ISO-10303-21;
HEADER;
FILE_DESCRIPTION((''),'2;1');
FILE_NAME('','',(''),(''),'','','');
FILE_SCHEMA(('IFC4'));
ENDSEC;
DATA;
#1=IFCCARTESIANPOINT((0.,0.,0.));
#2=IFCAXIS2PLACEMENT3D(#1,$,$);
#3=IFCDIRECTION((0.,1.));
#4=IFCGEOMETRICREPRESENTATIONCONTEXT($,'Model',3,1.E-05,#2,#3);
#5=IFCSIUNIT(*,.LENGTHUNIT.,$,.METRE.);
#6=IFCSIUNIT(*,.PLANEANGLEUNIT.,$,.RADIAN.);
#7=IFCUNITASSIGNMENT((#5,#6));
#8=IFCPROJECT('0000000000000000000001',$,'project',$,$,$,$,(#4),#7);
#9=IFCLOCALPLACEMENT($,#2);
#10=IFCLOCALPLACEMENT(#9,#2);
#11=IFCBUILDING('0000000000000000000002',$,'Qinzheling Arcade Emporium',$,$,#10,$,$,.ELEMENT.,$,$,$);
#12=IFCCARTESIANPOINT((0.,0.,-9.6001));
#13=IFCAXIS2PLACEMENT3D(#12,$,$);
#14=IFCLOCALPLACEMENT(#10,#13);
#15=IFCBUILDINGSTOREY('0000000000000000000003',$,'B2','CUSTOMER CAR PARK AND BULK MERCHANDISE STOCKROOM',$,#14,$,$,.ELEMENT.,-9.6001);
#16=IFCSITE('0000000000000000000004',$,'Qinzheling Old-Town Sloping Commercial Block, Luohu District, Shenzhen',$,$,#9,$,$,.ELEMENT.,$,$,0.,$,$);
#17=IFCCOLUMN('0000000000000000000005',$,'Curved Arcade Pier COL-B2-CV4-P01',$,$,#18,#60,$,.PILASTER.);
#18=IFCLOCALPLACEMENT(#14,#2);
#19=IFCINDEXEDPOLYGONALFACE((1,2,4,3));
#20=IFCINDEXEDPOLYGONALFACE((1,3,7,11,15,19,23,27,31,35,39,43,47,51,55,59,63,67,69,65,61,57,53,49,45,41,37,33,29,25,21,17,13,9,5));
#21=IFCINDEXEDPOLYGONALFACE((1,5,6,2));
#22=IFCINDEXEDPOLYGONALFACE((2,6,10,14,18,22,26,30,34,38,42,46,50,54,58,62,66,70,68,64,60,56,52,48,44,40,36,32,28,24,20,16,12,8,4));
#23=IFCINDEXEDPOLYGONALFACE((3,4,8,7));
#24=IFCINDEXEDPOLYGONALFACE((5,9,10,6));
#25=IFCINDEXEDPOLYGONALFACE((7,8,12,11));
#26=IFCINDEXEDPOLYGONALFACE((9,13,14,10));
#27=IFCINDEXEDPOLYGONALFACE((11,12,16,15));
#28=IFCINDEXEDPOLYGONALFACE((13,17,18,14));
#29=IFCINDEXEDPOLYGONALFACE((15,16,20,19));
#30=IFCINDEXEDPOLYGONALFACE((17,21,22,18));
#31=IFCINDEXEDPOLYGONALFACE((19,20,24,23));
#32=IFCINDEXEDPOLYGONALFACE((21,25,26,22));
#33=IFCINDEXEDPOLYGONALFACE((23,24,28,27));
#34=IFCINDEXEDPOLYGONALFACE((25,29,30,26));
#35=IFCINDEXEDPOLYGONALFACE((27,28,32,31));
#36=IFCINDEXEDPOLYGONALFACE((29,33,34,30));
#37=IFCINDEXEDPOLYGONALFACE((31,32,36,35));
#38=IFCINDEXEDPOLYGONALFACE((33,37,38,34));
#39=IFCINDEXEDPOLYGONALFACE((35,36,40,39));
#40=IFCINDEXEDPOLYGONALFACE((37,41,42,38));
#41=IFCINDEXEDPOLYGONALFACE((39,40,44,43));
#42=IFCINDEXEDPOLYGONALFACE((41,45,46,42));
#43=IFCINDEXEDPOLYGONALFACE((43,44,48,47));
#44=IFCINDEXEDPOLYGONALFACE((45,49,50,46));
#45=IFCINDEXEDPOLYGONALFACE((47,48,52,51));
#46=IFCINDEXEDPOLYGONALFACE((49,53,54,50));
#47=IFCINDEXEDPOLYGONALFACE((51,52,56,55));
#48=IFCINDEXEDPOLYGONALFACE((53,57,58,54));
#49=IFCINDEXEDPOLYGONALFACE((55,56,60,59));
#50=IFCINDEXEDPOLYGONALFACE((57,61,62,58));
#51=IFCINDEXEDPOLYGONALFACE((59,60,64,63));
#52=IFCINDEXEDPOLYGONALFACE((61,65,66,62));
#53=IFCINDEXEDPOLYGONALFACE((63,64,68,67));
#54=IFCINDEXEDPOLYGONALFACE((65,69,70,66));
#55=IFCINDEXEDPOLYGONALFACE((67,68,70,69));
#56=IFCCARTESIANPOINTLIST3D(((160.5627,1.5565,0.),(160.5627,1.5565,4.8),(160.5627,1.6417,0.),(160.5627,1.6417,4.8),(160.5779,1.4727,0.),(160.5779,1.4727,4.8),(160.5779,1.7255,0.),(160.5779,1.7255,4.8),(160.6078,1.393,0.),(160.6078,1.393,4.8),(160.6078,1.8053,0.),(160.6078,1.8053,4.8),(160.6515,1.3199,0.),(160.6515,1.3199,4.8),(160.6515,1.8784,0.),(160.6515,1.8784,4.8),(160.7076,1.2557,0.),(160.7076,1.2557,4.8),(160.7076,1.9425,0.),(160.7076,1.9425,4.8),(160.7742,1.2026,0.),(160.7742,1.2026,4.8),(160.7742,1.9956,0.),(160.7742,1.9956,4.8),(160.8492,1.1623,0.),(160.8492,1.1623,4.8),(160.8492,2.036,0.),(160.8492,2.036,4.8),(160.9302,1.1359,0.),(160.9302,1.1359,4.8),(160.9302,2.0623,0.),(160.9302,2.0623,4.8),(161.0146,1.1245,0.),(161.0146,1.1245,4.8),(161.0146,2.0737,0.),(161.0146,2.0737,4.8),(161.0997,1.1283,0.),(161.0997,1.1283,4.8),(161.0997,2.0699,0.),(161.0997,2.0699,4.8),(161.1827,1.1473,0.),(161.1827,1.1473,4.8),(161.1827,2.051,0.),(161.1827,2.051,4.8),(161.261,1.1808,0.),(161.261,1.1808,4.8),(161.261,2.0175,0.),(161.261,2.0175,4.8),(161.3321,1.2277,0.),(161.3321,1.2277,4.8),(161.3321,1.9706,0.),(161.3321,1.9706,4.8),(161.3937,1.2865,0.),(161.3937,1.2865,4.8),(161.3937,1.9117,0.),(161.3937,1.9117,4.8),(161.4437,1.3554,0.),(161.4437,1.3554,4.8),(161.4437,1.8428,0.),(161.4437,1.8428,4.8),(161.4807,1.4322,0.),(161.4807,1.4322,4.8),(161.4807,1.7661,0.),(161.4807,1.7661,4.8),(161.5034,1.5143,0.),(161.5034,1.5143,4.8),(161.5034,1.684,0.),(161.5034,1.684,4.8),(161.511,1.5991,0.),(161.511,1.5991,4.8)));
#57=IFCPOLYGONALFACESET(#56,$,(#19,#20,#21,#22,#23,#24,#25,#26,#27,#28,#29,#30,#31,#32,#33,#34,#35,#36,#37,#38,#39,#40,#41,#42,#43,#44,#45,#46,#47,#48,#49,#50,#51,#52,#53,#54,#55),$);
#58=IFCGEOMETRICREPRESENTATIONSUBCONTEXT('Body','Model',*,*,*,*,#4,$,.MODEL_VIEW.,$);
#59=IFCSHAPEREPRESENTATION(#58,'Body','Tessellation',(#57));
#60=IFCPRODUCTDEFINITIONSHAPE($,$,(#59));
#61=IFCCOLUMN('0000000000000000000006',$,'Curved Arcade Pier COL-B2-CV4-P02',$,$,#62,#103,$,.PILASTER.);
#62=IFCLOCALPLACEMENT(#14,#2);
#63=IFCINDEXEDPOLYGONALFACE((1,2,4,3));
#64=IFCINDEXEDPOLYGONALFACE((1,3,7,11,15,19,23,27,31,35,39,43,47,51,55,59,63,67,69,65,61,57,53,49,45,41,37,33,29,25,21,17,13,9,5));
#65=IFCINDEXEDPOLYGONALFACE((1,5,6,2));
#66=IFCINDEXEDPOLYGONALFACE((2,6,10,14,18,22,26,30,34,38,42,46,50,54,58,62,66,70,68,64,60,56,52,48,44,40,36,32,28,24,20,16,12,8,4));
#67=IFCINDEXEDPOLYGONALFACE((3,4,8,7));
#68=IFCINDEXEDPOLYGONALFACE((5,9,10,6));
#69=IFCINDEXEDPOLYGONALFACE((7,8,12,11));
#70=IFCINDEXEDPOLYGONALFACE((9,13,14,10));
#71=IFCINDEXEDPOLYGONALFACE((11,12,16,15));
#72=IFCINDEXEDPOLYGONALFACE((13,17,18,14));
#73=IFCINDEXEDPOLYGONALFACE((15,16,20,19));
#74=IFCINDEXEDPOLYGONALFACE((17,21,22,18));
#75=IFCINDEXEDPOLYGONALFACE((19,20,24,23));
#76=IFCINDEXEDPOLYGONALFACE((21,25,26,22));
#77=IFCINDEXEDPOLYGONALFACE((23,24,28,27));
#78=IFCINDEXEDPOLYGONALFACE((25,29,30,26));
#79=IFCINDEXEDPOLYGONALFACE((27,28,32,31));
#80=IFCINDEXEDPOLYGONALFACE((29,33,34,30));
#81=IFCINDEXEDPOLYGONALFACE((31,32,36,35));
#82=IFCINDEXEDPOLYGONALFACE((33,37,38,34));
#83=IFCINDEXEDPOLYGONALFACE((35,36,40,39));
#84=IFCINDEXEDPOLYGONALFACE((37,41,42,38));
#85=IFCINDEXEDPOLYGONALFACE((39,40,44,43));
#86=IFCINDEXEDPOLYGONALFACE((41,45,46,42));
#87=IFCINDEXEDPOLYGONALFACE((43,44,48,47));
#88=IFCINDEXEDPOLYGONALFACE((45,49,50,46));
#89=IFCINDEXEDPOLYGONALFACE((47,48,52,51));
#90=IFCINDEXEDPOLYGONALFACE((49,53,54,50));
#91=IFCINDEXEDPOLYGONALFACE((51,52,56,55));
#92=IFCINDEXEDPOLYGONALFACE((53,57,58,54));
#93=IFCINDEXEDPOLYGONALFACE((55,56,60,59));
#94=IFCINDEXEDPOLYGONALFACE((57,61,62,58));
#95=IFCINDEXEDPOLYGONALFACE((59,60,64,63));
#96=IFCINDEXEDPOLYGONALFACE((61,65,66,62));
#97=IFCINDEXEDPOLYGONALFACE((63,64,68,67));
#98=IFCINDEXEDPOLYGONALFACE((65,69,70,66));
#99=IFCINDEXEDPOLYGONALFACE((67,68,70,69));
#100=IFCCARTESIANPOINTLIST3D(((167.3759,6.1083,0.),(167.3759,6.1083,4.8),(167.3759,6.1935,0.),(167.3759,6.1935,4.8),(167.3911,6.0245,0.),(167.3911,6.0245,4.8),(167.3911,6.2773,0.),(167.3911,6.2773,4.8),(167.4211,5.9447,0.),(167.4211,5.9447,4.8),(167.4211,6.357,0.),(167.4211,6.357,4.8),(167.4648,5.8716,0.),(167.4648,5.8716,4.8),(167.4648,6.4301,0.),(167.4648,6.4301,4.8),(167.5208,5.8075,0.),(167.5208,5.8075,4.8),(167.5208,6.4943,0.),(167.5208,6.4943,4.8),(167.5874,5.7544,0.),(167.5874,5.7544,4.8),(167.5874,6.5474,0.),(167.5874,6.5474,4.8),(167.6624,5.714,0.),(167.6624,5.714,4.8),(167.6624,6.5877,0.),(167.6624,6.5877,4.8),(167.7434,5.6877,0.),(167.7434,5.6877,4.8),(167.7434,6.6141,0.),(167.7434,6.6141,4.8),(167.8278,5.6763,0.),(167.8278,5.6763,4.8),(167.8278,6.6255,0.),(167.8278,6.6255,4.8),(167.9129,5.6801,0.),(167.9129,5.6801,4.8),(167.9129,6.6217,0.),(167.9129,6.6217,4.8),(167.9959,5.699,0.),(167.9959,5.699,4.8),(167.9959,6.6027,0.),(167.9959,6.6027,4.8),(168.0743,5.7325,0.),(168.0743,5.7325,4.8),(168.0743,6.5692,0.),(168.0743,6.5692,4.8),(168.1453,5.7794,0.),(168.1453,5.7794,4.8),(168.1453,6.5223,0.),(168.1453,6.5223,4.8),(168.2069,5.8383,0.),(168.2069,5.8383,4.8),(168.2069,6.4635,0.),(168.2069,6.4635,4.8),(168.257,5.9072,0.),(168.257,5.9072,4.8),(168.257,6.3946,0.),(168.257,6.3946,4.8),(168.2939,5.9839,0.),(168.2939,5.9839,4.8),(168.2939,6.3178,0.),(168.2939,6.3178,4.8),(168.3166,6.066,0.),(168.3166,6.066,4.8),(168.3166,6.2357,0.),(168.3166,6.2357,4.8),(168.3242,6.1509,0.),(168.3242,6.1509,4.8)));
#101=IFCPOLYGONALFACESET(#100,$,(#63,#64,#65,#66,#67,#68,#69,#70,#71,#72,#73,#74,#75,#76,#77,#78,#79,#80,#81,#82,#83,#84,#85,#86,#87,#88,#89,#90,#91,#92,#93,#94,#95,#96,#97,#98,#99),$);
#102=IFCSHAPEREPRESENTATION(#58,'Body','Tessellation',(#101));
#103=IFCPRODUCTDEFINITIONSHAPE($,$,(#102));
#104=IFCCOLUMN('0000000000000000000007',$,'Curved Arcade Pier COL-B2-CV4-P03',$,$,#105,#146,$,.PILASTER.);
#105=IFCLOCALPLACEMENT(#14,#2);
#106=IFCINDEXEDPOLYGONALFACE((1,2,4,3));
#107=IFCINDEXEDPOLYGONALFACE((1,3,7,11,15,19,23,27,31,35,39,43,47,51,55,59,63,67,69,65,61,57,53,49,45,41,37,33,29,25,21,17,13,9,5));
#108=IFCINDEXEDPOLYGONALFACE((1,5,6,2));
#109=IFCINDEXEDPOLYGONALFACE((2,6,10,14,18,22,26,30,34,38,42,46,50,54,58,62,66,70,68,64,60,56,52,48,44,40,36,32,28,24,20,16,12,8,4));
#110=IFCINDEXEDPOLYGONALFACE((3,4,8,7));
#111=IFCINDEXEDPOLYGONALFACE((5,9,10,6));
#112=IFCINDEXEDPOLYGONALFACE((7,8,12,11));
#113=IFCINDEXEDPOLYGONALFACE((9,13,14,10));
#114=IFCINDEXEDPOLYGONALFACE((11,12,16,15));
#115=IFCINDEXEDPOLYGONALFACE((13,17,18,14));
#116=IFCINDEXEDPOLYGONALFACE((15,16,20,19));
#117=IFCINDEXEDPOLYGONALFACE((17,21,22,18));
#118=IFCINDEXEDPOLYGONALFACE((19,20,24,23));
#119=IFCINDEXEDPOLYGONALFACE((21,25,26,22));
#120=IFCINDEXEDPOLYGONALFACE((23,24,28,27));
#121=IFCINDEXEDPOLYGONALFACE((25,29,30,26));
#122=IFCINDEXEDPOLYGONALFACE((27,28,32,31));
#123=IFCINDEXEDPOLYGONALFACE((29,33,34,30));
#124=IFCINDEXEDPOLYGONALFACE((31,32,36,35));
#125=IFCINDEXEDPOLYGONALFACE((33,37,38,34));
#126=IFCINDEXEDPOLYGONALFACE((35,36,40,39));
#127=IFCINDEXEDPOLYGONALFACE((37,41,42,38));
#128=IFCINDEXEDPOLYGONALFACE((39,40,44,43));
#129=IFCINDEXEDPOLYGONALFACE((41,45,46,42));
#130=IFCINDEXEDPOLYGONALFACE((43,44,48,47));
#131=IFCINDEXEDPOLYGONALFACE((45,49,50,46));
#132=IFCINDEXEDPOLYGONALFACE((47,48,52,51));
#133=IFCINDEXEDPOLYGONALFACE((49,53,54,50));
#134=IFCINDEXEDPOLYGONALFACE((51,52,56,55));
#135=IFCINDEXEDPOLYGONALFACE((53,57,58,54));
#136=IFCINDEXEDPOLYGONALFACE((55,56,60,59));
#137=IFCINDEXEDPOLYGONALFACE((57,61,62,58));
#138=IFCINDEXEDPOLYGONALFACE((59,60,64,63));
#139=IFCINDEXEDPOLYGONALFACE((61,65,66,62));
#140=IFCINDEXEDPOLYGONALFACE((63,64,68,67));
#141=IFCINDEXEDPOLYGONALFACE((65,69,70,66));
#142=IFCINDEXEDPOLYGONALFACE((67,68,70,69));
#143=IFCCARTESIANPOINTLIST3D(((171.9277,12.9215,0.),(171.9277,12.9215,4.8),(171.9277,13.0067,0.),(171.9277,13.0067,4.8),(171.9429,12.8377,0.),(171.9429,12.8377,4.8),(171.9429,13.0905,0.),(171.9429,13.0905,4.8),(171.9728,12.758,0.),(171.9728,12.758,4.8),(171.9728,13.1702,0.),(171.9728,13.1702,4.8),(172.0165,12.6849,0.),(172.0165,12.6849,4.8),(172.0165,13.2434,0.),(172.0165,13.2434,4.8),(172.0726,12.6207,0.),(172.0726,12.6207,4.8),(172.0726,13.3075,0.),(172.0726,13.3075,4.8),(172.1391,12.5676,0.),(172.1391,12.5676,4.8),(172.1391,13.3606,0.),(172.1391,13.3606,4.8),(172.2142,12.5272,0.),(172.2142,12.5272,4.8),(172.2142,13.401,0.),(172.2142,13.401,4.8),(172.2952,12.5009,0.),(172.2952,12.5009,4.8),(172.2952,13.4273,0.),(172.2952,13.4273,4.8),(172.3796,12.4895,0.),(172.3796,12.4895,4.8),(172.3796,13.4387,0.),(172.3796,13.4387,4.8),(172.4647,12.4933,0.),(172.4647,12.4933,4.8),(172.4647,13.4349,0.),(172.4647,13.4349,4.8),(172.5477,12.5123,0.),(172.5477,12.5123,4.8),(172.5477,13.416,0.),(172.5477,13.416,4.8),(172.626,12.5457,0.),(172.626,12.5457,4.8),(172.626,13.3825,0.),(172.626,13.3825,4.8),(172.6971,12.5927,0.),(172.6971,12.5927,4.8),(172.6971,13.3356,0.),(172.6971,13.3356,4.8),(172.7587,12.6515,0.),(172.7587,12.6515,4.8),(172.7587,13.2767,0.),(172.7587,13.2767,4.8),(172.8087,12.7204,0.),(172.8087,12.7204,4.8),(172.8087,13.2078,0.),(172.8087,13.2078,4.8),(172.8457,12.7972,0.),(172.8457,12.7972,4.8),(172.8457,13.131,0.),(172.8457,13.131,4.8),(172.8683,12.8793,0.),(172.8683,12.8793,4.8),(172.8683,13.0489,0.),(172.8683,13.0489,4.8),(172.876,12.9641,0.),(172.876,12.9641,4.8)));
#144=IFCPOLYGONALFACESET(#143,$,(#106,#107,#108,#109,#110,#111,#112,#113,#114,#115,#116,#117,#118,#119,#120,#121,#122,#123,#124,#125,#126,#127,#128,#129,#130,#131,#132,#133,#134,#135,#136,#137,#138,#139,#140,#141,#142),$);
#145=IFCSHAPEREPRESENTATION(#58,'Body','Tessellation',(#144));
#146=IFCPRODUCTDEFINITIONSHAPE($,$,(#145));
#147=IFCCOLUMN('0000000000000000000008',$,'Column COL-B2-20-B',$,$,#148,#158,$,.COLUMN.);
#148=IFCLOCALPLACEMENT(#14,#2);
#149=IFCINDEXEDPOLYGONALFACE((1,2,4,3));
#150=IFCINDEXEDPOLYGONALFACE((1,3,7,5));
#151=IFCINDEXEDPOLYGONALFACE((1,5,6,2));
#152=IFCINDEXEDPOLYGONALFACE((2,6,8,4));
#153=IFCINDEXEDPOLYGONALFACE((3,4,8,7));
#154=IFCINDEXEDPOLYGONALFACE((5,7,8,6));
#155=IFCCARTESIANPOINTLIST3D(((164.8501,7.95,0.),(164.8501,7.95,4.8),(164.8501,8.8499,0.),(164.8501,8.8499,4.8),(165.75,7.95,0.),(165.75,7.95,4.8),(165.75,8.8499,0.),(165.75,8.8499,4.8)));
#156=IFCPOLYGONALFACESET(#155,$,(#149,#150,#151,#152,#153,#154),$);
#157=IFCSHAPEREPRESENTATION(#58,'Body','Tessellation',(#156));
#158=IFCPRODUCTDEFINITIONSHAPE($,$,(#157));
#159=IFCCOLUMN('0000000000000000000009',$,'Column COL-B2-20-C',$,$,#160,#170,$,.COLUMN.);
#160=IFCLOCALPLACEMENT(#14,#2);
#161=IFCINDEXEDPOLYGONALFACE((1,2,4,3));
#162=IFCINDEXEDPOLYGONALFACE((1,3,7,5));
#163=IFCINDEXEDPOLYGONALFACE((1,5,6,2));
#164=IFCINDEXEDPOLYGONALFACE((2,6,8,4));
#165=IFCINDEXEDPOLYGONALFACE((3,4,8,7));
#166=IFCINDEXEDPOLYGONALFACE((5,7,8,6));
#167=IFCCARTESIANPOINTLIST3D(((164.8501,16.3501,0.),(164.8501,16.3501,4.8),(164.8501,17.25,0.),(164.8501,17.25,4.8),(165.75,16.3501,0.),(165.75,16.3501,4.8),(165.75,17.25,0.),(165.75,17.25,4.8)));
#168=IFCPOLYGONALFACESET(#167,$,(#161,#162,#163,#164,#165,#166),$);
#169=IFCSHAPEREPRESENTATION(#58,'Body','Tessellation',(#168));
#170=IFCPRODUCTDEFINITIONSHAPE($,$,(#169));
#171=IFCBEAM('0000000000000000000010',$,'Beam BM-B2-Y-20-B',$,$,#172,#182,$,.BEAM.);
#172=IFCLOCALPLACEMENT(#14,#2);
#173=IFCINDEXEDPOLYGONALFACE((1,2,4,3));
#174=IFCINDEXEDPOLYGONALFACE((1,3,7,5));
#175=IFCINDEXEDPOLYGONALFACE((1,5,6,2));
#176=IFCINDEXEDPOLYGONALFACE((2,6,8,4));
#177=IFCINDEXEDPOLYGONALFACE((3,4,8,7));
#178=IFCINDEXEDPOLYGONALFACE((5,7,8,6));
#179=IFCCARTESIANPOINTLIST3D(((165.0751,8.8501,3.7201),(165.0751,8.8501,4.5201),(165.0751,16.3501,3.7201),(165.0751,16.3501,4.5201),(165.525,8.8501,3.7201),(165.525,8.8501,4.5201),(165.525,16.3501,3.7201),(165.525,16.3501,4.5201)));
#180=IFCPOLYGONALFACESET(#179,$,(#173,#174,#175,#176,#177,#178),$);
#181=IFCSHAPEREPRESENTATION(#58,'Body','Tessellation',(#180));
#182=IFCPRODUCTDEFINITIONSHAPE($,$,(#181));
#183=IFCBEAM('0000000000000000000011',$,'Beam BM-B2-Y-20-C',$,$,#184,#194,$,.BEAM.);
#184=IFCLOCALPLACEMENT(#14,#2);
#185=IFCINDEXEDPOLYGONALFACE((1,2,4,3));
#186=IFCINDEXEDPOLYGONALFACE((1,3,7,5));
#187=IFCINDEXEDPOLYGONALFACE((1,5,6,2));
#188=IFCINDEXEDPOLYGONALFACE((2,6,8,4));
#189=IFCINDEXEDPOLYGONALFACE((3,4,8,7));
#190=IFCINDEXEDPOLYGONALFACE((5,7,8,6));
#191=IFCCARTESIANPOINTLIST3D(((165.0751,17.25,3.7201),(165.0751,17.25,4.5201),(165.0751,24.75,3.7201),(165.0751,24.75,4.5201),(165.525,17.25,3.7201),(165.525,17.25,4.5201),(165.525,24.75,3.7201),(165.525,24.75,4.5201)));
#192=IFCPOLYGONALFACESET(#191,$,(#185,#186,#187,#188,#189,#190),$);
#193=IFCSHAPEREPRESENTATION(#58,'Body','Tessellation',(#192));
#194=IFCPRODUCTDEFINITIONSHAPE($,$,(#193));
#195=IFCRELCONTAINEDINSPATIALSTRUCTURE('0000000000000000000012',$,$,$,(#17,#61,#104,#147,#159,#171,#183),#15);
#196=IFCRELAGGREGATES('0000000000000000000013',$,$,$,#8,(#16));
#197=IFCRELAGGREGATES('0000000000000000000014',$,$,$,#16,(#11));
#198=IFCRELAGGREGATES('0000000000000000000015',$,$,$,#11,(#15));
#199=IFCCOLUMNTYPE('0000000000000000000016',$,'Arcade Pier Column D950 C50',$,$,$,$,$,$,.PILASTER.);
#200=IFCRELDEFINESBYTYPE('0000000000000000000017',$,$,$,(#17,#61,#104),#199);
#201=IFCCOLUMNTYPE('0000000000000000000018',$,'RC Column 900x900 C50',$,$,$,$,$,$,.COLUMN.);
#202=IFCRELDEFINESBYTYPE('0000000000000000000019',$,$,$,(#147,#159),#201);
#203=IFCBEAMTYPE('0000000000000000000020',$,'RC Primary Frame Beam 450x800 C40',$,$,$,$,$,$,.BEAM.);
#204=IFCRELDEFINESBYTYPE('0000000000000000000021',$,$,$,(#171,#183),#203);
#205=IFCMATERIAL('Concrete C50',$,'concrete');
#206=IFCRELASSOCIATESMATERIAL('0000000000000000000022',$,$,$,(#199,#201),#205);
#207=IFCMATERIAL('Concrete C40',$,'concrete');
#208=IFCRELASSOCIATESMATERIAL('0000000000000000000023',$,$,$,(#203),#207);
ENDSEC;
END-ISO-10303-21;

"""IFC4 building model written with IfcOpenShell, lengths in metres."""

from ifc_helpers import new_model, si_unit, direction, frame, origin, origin_2d, place, context, subcontext, project, spatial, rectangle, circle, extrude, material, material_profile, profile_set, type_object, element, save


model = new_model("IFC4")

# Units and contexts
model_context = context("Model", 3, precision=1e-05, world=origin(), true_north=direction((0.0, 1.0)))
body_context = subcontext(model_context, "Body", "Model", "MODEL_VIEW")
ifc_project = project(units=[si_unit("LENGTHUNIT", "METRE"), si_unit("PLANEANGLEUNIT", "RADIAN")], contexts=[model_context])

# Site, building, storey
site_placement = place(None, origin())
site = spatial("IfcSite", under=ifc_project, at=site_placement, Name="Qinzheling Old-Town Sloping Commercial Block, Luohu District, Shenzhen", CompositionType="ELEMENT", RefElevation=0.0)
building_placement = place(site_placement, origin())
building = spatial("IfcBuilding", under=site, at=building_placement, Name="Qinzheling Arcade Emporium", CompositionType="ELEMENT")
storey_placement = place(building_placement, frame((0.0, 0.0, -9.6001)))
storey = spatial("IfcBuildingStorey", under=building, at=storey_placement, Name="B2", Description="CUSTOMER CAR PARK AND BULK MERCHANDISE STOCKROOM", CompositionType="ELEMENT", Elevation=-9.6001)

# Shared definitions
ifc_material_1 = material(Name="Concrete C40", Category="concrete")

# Columns
ifc_material_2 = material(Name="Concrete C50", Category="concrete")
ifc_material_profile_1 = material_profile(ifc_material_2, circle(Radius=0.4751, at=origin_2d()), Name="RC D950", Category="concrete")
ifc_profile_set_1 = profile_set([ifc_material_profile_1], Name="Concrete C50")
column_type_1 = type_object("IfcColumnType", Name="Arcade Pier Column D950 C50", PredefinedType="PILASTER", material=ifc_profile_set_1)
for number, where, z_axis, x_axis, name in (
    (1, (161.0359, 1.5991, 0.0), (0.0, 0.0, 1.0), (1.0, 0.0, 0.0), "Curved Arcade Pier COL-B2-CV4-P01"),
    (2, (167.8491, 6.1509, 0.0), (0.0, 0.0, 1.0), (1.0, 0.0, 0.0), "Curved Arcade Pier COL-B2-CV4-P02"),
    (3, (172.4009, 12.9641, 0.0), (0.0, 0.0, 1.0), (1.0, 0.0, 0.0), "Curved Arcade Pier COL-B2-CV4-P03"),
):
    element("IfcColumn", number, at=place(storey_placement, frame(where, z_axis=z_axis, x_axis=x_axis)), inside=storey, type_object=column_type_1, Name=name, PredefinedType="PILASTER", context=body_context, shape_type="SweptSolid", body=[
        extrude(circle(Radius=0.4751, at=origin_2d()), origin(), (0.0, 0.0, 1.0), 4.8),
    ])
ifc_material_profile_2 = material_profile(ifc_material_2, rectangle(XDim=0.8999, YDim=0.8999, at=origin_2d()), Name="RC 900x900", Category="concrete")
ifc_profile_set_2 = profile_set([ifc_material_profile_2], Name="Concrete C50")
column_type_2 = type_object("IfcColumnType", Name="RC Column 900x900 C50", PredefinedType="COLUMN", material=ifc_profile_set_2)
for number, where, z_axis, x_axis, name in (
    (4, (165.3, 8.3999, 0.0), (0.0, 0.0, 1.0), (1.0, 0.0, 0.0), "Column COL-B2-20-B"),
    (5, (165.3, 16.8, 0.0), (0.0, 0.0, 1.0), (1.0, 0.0, 0.0), "Column COL-B2-20-C"),
):
    element("IfcColumn", number, at=place(storey_placement, frame(where, z_axis=z_axis, x_axis=x_axis)), inside=storey, type_object=column_type_2, Name=name, PredefinedType="COLUMN", context=body_context, shape_type="SweptSolid", body=[
        extrude(rectangle(XDim=0.8999, YDim=0.8999, at=origin_2d()), origin(), (0.0, 0.0, 1.0), 4.8),
    ])

# Beams
ifc_material_profile_3 = material_profile(ifc_material_1, rectangle(XDim=0.45, YDim=0.8, at=origin_2d()), Name="RC 450x800", Category="concrete")
ifc_profile_set_3 = profile_set([ifc_material_profile_3], Name="Concrete C40")
beam_type_1 = type_object("IfcBeamType", Name="RC Primary Frame Beam 450x800 C40", PredefinedType="BEAM", material=ifc_profile_set_3)
for number, where, z_axis, x_axis, name in (
    (6, (165.3, 8.8501, 4.1201), (0.0, 1.0, 0.0), (-1.0, 0.0, 0.0), "Beam BM-B2-Y-20-B"),
    (7, (165.3, 17.25, 4.1201), (0.0, 1.0, 0.0), (-1.0, 0.0, 0.0), "Beam BM-B2-Y-20-C"),
):
    element("IfcBeam", number, at=place(storey_placement, frame(where, z_axis=z_axis, x_axis=x_axis)), inside=storey, type_object=beam_type_1, Name=name, PredefinedType="BEAM", context=body_context, shape_type="SweptSolid", body=[
        extrude(rectangle(XDim=0.45, YDim=0.8, at=origin_2d()), origin(), (0.0, 0.0, 1.0), 7.5),
    ])

save(model, "model.ifc")
